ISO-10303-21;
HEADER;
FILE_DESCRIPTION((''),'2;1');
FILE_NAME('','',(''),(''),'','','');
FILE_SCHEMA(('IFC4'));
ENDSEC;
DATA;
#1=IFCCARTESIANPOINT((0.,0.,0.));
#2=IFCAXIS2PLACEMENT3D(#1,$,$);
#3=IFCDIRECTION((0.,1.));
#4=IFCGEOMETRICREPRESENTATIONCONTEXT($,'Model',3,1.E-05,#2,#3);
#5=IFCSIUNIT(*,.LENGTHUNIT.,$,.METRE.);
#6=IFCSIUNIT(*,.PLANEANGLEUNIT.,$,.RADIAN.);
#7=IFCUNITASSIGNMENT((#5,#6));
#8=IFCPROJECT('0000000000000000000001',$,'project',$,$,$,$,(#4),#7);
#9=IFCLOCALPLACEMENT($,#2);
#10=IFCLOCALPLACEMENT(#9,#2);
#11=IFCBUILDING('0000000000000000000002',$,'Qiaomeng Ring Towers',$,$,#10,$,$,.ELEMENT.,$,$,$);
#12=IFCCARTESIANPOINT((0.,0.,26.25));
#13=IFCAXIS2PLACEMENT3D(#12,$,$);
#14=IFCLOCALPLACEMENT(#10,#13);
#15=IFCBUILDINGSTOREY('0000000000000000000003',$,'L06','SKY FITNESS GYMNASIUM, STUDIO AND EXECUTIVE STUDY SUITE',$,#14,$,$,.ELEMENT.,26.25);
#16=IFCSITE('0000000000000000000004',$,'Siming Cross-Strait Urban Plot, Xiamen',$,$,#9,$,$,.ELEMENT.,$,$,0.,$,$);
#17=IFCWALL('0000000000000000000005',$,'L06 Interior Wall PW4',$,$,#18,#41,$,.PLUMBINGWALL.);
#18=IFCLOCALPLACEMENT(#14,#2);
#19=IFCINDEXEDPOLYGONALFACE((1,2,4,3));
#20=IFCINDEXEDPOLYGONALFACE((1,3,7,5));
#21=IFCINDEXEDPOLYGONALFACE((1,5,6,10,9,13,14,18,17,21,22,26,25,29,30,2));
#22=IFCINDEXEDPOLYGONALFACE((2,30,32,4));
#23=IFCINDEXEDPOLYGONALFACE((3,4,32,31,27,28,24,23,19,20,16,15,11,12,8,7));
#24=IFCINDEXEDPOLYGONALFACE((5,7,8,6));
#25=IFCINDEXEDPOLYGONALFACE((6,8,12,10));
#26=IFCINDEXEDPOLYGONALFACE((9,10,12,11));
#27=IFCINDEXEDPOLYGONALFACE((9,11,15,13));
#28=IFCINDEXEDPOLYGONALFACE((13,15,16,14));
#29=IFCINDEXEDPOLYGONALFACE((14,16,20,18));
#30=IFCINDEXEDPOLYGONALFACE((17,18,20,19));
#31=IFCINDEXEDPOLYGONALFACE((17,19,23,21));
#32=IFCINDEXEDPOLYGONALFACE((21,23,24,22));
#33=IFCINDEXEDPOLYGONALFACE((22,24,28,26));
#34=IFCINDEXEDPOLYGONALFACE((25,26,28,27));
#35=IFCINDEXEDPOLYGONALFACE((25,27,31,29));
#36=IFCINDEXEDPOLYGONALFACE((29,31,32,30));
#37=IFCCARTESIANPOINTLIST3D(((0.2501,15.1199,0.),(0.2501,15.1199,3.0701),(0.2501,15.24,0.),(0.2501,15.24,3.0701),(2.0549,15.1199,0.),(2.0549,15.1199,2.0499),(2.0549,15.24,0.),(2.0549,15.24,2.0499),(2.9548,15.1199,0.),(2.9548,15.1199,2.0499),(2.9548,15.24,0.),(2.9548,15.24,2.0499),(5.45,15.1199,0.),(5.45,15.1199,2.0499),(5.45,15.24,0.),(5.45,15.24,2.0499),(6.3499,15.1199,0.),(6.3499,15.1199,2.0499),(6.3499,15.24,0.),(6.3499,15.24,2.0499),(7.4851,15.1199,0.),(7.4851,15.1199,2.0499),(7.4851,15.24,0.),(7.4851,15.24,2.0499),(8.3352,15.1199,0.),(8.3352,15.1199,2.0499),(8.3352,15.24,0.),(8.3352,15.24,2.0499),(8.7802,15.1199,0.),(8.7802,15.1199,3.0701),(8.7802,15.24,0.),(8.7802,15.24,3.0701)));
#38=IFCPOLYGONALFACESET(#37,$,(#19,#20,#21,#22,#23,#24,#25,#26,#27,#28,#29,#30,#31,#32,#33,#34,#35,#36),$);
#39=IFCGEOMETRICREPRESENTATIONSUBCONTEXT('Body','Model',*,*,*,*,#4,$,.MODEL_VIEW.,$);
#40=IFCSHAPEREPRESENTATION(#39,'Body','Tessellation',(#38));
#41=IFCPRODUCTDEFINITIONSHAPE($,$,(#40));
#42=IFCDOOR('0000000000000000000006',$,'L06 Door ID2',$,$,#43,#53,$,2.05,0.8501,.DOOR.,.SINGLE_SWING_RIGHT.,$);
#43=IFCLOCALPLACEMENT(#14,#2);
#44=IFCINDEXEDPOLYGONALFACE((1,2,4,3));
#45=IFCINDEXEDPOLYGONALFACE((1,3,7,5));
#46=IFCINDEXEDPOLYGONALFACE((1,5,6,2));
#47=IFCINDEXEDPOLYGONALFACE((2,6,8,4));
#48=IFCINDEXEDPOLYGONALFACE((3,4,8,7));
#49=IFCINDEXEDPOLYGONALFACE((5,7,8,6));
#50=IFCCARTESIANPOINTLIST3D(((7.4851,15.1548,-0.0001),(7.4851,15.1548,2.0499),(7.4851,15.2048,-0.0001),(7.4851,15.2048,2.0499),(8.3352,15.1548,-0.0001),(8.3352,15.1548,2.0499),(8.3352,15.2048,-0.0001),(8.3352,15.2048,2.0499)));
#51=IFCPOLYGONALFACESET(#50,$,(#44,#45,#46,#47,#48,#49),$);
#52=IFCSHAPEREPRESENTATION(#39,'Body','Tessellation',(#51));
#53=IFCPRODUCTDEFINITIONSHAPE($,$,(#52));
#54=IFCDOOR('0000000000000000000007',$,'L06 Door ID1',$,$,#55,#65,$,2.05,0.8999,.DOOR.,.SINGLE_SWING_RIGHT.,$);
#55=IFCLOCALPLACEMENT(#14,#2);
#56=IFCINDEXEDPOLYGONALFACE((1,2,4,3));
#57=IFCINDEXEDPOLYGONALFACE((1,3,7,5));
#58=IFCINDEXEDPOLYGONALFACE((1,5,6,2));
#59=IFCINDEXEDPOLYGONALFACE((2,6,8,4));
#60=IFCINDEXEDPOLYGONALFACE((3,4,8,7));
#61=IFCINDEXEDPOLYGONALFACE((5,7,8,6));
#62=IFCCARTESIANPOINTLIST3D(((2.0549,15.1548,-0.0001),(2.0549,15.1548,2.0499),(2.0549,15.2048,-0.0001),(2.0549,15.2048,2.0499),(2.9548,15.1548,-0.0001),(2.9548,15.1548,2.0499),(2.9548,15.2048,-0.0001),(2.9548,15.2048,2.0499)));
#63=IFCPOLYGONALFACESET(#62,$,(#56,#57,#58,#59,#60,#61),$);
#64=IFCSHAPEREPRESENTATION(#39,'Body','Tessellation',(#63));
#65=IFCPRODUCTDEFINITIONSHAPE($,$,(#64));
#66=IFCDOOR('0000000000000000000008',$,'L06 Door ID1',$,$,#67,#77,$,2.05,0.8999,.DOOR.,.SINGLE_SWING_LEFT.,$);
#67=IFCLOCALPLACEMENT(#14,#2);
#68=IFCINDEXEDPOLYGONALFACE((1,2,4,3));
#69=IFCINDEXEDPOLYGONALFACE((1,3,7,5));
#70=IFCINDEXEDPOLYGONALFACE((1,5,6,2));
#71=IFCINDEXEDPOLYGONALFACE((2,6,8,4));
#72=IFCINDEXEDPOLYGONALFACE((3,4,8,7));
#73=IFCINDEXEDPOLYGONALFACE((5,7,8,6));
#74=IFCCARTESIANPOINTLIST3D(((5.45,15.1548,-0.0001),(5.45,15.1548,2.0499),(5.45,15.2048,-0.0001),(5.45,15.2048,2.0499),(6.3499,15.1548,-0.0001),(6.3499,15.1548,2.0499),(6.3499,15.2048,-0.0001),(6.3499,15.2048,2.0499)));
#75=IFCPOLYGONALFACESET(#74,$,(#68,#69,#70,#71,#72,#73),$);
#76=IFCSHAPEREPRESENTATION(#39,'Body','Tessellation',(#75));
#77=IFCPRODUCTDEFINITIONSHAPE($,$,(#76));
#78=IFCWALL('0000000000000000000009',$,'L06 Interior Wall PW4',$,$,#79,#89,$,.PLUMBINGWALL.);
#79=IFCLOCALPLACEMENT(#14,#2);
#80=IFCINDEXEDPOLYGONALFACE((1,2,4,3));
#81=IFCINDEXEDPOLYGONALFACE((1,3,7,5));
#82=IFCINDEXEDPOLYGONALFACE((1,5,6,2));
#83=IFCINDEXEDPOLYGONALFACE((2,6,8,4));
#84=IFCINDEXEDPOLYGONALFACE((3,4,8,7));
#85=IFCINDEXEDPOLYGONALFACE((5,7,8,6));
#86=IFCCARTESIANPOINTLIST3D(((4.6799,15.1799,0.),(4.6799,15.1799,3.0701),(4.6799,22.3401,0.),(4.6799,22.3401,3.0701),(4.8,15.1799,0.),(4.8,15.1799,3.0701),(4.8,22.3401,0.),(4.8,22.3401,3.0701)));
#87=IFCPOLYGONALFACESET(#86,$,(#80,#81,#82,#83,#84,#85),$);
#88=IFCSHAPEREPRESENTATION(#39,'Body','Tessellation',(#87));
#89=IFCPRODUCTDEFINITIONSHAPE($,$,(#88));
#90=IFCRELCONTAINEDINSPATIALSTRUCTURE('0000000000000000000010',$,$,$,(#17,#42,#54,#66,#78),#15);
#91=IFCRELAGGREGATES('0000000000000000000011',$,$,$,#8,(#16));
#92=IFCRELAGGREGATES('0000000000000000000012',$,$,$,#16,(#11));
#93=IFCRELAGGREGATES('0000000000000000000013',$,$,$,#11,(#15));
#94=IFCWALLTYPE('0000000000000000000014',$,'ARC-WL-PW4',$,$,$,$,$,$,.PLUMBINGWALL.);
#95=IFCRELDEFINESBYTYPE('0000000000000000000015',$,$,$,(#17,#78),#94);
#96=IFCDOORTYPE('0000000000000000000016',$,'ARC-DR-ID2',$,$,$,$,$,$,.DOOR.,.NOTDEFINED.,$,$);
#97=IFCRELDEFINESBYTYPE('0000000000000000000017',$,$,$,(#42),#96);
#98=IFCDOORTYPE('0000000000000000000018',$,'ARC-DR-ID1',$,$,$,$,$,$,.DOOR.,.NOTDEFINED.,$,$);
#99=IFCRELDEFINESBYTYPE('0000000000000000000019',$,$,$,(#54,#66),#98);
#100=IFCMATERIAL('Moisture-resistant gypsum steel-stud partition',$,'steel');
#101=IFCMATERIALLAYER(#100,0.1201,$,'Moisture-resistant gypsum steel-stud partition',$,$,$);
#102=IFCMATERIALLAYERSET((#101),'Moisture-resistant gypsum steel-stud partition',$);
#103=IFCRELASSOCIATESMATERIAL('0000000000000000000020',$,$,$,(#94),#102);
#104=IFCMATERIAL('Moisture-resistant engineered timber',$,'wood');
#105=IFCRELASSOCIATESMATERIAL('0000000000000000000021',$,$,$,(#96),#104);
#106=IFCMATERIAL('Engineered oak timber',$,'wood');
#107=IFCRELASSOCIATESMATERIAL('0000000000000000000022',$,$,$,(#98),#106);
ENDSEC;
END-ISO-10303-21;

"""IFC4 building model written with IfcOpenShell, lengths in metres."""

from ifc_helpers import new_model, si_unit, direction, frame, frame_2d, origin, place, context, subcontext, project, spatial, rectangle, extrude, source, transform, mapped, material, layer, layer_set, type_object, element, fill, save


model = new_model("IFC4")

# Units and contexts
model_context = context("Model", 3, precision=1e-05, world=origin(), true_north=direction((0.0, 1.0)))
body_context = subcontext(model_context, "Body", "Model", "MODEL_VIEW")
ifc_project = project(units=[si_unit("LENGTHUNIT", "METRE"), si_unit("PLANEANGLEUNIT", "RADIAN")], contexts=[model_context])

# Site, building, storey
site_placement = place(None, origin())
site = spatial("IfcSite", under=ifc_project, at=site_placement, Name="Siming Cross-Strait Urban Plot, Xiamen", CompositionType="ELEMENT", RefElevation=0.0)
building_placement = place(site_placement, origin())
building = spatial("IfcBuilding", under=site, at=building_placement, Name="Qiaomeng Ring Towers", CompositionType="ELEMENT")
storey_placement = place(building_placement, frame((0.0, 0.0, 26.25)))
storey = spatial("IfcBuildingStorey", under=building, at=storey_placement, Name="L06", Description="SKY FITNESS GYMNASIUM, STUDIO AND EXECUTIVE STUDY SUITE", CompositionType="ELEMENT", Elevation=26.25)

# Wall, openings, doors
ifc_material_1 = material(Name="Moisture-resistant gypsum steel-stud partition", Category="steel")
ifc_layer_1 = layer(ifc_material_1, 0.1201, Name="Moisture-resistant gypsum steel-stud partition")
ifc_layer_set_1 = layer_set([ifc_layer_1], Name="Moisture-resistant gypsum steel-stud partition")
wall_type_1 = type_object("IfcWallType", Name="ARC-WL-PW4", PredefinedType="PLUMBINGWALL", material=ifc_layer_set_1)
wall_1_placement = place(storey_placement, frame((0.25, 15.1799, 0.0), z_axis=(0.0, 0.0, 1.0), x_axis=(1.0, 0.0, 0.0)))
wall_1 = element("IfcWall", 1, at=wall_1_placement, inside=storey, type_object=wall_type_1, Name="L06 Interior Wall PW4", PredefinedType="PLUMBINGWALL", context=body_context, shape_type="SweptSolid", body=[
    extrude(rectangle(XDim=8.53, YDim=0.1201, at=frame_2d((4.2651, 0.0))), origin(), (0.0, 0.0, 1.0), 3.0701),
])
opening_1_placement = place(wall_1_placement, frame((1.8049, 0.0, 0.0)))
opening_1 = element("IfcOpeningElement", 2, at=opening_1_placement, cuts=wall_1, PredefinedType="OPENING", context=body_context, shape_type="SweptSolid", body=[
    extrude(rectangle(XDim=0.8999, YDim=2.05, at=frame_2d((0.45, 1.0249))), frame((0.0, 0.0701, 0.0), z_axis=(0.0, -1.0, 0.0), x_axis=(1.0, 0.0, 0.0)), (0.0, 0.0, 1.0), 0.1401),
])
opening_2_placement = place(wall_1_placement, frame((5.2, 0.0, 0.0)))
opening_2 = element("IfcOpeningElement", 3, at=opening_2_placement, cuts=wall_1, PredefinedType="OPENING", context=body_context, shape_type="SweptSolid", body=[
    extrude(rectangle(XDim=0.8999, YDim=2.05, at=frame_2d((0.45, 1.0249))), frame((0.0, 0.0701, 0.0), z_axis=(0.0, -1.0, 0.0), x_axis=(1.0, 0.0, 0.0)), (0.0, 0.0, 1.0), 0.1401),
])
opening_3_placement = place(wall_1_placement, frame((7.2351, 0.0, 0.0)))
opening_3 = element("IfcOpeningElement", 4, at=opening_3_placement, cuts=wall_1, PredefinedType="OPENING", context=body_context, shape_type="SweptSolid", body=[
    extrude(rectangle(XDim=0.8501, YDim=2.05, at=frame_2d((0.425, 1.0249))), frame((0.0, 0.0701, 0.0), z_axis=(0.0, -1.0, 0.0), x_axis=(1.0, 0.0, 0.0)), (0.0, 0.0, 1.0), 0.1401),
])
ifc_material_2 = material(Name="Moisture-resistant engineered timber", Category="wood")
door_type_1 = type_object("IfcDoorType", Name="ARC-DR-ID2", OperationType="NOTDEFINED", PredefinedType="DOOR", material=ifc_material_2)
shared_shape_1 = source(origin(), body_context, "Body", "SweptSolid", [
    extrude(rectangle(XDim=0.8501, YDim=2.05, at=frame_2d((0.425, 1.0249))), frame((0.0, 0.0249, 0.0), z_axis=(0.0, -1.0, 0.0), x_axis=(1.0, 0.0, 0.0)), (0.0, 0.0, 1.0), 0.05),
])
door_1_placement = place(opening_3_placement, origin())
door_1 = element("IfcDoor", 5, at=door_1_placement, inside=storey, type_object=door_type_1, Name="L06 Door ID2", OperationType="SINGLE_SWING_RIGHT", OverallHeight=2.05, OverallWidth=0.8501, PredefinedType="DOOR", context=body_context, shape_type="MappedRepresentation", body=[
    mapped(shared_shape_1, transform((0.0, 0.0, 0.0), x_axis=(1.0, 0.0, 0.0), y_axis=(0.0, 1.0, 0.0), z_axis=(0.0, 0.0, 1.0), scale=1.0)),
])
fill(opening_3, door_1)
ifc_material_3 = material(Name="Engineered oak timber", Category="wood")
door_type_2 = type_object("IfcDoorType", Name="ARC-DR-ID1", OperationType="NOTDEFINED", PredefinedType="DOOR", material=ifc_material_3)
shared_shape_2 = source(origin(), body_context, "Body", "SweptSolid", [
    extrude(rectangle(XDim=0.8999, YDim=2.05, at=frame_2d((0.45, 1.0249))), frame((0.0, 0.0249, 0.0), z_axis=(0.0, -1.0, 0.0), x_axis=(1.0, 0.0, 0.0)), (0.0, 0.0, 1.0), 0.05),
])
door_2_placement = place(opening_1_placement, origin())
door_2 = element("IfcDoor", 6, at=door_2_placement, inside=storey, type_object=door_type_2, Name="L06 Door ID1", OperationType="SINGLE_SWING_RIGHT", OverallHeight=2.05, OverallWidth=0.8999, PredefinedType="DOOR", context=body_context, shape_type="MappedRepresentation", body=[
    mapped(shared_shape_2, transform((0.0, 0.0, 0.0), x_axis=(1.0, 0.0, 0.0), y_axis=(0.0, 1.0, 0.0), z_axis=(0.0, 0.0, 1.0), scale=1.0)),
])
fill(opening_1, door_2)
door_3_placement = place(opening_2_placement, origin())
door_3 = element("IfcDoor", 7, at=door_3_placement, inside=storey, type_object=door_type_2, Name="L06 Door ID1", OperationType="SINGLE_SWING_LEFT", OverallHeight=2.05, OverallWidth=0.8999, PredefinedType="DOOR", context=body_context, shape_type="MappedRepresentation", body=[
    mapped(shared_shape_2, transform((0.0, 0.0, 0.0), x_axis=(1.0, 0.0, 0.0), y_axis=(0.0, 1.0, 0.0), z_axis=(0.0, 0.0, 1.0), scale=1.0)),
])
fill(opening_2, door_3)

# Wall
wall_2_placement = place(storey_placement, frame((4.74, 15.1799, 0.0), z_axis=(0.0, 0.0, 1.0), x_axis=(0.0, 1.0, 0.0)))
element("IfcWall", 8, at=wall_2_placement, inside=storey, type_object=wall_type_1, Name="L06 Interior Wall PW4", PredefinedType="PLUMBINGWALL", context=body_context, shape_type="SweptSolid", body=[
    extrude(rectangle(XDim=7.1602, YDim=0.1201, at=frame_2d((3.5801, 0.0))), origin(), (0.0, 0.0, 1.0), 3.0701),
])

save(model, "model.ifc")
